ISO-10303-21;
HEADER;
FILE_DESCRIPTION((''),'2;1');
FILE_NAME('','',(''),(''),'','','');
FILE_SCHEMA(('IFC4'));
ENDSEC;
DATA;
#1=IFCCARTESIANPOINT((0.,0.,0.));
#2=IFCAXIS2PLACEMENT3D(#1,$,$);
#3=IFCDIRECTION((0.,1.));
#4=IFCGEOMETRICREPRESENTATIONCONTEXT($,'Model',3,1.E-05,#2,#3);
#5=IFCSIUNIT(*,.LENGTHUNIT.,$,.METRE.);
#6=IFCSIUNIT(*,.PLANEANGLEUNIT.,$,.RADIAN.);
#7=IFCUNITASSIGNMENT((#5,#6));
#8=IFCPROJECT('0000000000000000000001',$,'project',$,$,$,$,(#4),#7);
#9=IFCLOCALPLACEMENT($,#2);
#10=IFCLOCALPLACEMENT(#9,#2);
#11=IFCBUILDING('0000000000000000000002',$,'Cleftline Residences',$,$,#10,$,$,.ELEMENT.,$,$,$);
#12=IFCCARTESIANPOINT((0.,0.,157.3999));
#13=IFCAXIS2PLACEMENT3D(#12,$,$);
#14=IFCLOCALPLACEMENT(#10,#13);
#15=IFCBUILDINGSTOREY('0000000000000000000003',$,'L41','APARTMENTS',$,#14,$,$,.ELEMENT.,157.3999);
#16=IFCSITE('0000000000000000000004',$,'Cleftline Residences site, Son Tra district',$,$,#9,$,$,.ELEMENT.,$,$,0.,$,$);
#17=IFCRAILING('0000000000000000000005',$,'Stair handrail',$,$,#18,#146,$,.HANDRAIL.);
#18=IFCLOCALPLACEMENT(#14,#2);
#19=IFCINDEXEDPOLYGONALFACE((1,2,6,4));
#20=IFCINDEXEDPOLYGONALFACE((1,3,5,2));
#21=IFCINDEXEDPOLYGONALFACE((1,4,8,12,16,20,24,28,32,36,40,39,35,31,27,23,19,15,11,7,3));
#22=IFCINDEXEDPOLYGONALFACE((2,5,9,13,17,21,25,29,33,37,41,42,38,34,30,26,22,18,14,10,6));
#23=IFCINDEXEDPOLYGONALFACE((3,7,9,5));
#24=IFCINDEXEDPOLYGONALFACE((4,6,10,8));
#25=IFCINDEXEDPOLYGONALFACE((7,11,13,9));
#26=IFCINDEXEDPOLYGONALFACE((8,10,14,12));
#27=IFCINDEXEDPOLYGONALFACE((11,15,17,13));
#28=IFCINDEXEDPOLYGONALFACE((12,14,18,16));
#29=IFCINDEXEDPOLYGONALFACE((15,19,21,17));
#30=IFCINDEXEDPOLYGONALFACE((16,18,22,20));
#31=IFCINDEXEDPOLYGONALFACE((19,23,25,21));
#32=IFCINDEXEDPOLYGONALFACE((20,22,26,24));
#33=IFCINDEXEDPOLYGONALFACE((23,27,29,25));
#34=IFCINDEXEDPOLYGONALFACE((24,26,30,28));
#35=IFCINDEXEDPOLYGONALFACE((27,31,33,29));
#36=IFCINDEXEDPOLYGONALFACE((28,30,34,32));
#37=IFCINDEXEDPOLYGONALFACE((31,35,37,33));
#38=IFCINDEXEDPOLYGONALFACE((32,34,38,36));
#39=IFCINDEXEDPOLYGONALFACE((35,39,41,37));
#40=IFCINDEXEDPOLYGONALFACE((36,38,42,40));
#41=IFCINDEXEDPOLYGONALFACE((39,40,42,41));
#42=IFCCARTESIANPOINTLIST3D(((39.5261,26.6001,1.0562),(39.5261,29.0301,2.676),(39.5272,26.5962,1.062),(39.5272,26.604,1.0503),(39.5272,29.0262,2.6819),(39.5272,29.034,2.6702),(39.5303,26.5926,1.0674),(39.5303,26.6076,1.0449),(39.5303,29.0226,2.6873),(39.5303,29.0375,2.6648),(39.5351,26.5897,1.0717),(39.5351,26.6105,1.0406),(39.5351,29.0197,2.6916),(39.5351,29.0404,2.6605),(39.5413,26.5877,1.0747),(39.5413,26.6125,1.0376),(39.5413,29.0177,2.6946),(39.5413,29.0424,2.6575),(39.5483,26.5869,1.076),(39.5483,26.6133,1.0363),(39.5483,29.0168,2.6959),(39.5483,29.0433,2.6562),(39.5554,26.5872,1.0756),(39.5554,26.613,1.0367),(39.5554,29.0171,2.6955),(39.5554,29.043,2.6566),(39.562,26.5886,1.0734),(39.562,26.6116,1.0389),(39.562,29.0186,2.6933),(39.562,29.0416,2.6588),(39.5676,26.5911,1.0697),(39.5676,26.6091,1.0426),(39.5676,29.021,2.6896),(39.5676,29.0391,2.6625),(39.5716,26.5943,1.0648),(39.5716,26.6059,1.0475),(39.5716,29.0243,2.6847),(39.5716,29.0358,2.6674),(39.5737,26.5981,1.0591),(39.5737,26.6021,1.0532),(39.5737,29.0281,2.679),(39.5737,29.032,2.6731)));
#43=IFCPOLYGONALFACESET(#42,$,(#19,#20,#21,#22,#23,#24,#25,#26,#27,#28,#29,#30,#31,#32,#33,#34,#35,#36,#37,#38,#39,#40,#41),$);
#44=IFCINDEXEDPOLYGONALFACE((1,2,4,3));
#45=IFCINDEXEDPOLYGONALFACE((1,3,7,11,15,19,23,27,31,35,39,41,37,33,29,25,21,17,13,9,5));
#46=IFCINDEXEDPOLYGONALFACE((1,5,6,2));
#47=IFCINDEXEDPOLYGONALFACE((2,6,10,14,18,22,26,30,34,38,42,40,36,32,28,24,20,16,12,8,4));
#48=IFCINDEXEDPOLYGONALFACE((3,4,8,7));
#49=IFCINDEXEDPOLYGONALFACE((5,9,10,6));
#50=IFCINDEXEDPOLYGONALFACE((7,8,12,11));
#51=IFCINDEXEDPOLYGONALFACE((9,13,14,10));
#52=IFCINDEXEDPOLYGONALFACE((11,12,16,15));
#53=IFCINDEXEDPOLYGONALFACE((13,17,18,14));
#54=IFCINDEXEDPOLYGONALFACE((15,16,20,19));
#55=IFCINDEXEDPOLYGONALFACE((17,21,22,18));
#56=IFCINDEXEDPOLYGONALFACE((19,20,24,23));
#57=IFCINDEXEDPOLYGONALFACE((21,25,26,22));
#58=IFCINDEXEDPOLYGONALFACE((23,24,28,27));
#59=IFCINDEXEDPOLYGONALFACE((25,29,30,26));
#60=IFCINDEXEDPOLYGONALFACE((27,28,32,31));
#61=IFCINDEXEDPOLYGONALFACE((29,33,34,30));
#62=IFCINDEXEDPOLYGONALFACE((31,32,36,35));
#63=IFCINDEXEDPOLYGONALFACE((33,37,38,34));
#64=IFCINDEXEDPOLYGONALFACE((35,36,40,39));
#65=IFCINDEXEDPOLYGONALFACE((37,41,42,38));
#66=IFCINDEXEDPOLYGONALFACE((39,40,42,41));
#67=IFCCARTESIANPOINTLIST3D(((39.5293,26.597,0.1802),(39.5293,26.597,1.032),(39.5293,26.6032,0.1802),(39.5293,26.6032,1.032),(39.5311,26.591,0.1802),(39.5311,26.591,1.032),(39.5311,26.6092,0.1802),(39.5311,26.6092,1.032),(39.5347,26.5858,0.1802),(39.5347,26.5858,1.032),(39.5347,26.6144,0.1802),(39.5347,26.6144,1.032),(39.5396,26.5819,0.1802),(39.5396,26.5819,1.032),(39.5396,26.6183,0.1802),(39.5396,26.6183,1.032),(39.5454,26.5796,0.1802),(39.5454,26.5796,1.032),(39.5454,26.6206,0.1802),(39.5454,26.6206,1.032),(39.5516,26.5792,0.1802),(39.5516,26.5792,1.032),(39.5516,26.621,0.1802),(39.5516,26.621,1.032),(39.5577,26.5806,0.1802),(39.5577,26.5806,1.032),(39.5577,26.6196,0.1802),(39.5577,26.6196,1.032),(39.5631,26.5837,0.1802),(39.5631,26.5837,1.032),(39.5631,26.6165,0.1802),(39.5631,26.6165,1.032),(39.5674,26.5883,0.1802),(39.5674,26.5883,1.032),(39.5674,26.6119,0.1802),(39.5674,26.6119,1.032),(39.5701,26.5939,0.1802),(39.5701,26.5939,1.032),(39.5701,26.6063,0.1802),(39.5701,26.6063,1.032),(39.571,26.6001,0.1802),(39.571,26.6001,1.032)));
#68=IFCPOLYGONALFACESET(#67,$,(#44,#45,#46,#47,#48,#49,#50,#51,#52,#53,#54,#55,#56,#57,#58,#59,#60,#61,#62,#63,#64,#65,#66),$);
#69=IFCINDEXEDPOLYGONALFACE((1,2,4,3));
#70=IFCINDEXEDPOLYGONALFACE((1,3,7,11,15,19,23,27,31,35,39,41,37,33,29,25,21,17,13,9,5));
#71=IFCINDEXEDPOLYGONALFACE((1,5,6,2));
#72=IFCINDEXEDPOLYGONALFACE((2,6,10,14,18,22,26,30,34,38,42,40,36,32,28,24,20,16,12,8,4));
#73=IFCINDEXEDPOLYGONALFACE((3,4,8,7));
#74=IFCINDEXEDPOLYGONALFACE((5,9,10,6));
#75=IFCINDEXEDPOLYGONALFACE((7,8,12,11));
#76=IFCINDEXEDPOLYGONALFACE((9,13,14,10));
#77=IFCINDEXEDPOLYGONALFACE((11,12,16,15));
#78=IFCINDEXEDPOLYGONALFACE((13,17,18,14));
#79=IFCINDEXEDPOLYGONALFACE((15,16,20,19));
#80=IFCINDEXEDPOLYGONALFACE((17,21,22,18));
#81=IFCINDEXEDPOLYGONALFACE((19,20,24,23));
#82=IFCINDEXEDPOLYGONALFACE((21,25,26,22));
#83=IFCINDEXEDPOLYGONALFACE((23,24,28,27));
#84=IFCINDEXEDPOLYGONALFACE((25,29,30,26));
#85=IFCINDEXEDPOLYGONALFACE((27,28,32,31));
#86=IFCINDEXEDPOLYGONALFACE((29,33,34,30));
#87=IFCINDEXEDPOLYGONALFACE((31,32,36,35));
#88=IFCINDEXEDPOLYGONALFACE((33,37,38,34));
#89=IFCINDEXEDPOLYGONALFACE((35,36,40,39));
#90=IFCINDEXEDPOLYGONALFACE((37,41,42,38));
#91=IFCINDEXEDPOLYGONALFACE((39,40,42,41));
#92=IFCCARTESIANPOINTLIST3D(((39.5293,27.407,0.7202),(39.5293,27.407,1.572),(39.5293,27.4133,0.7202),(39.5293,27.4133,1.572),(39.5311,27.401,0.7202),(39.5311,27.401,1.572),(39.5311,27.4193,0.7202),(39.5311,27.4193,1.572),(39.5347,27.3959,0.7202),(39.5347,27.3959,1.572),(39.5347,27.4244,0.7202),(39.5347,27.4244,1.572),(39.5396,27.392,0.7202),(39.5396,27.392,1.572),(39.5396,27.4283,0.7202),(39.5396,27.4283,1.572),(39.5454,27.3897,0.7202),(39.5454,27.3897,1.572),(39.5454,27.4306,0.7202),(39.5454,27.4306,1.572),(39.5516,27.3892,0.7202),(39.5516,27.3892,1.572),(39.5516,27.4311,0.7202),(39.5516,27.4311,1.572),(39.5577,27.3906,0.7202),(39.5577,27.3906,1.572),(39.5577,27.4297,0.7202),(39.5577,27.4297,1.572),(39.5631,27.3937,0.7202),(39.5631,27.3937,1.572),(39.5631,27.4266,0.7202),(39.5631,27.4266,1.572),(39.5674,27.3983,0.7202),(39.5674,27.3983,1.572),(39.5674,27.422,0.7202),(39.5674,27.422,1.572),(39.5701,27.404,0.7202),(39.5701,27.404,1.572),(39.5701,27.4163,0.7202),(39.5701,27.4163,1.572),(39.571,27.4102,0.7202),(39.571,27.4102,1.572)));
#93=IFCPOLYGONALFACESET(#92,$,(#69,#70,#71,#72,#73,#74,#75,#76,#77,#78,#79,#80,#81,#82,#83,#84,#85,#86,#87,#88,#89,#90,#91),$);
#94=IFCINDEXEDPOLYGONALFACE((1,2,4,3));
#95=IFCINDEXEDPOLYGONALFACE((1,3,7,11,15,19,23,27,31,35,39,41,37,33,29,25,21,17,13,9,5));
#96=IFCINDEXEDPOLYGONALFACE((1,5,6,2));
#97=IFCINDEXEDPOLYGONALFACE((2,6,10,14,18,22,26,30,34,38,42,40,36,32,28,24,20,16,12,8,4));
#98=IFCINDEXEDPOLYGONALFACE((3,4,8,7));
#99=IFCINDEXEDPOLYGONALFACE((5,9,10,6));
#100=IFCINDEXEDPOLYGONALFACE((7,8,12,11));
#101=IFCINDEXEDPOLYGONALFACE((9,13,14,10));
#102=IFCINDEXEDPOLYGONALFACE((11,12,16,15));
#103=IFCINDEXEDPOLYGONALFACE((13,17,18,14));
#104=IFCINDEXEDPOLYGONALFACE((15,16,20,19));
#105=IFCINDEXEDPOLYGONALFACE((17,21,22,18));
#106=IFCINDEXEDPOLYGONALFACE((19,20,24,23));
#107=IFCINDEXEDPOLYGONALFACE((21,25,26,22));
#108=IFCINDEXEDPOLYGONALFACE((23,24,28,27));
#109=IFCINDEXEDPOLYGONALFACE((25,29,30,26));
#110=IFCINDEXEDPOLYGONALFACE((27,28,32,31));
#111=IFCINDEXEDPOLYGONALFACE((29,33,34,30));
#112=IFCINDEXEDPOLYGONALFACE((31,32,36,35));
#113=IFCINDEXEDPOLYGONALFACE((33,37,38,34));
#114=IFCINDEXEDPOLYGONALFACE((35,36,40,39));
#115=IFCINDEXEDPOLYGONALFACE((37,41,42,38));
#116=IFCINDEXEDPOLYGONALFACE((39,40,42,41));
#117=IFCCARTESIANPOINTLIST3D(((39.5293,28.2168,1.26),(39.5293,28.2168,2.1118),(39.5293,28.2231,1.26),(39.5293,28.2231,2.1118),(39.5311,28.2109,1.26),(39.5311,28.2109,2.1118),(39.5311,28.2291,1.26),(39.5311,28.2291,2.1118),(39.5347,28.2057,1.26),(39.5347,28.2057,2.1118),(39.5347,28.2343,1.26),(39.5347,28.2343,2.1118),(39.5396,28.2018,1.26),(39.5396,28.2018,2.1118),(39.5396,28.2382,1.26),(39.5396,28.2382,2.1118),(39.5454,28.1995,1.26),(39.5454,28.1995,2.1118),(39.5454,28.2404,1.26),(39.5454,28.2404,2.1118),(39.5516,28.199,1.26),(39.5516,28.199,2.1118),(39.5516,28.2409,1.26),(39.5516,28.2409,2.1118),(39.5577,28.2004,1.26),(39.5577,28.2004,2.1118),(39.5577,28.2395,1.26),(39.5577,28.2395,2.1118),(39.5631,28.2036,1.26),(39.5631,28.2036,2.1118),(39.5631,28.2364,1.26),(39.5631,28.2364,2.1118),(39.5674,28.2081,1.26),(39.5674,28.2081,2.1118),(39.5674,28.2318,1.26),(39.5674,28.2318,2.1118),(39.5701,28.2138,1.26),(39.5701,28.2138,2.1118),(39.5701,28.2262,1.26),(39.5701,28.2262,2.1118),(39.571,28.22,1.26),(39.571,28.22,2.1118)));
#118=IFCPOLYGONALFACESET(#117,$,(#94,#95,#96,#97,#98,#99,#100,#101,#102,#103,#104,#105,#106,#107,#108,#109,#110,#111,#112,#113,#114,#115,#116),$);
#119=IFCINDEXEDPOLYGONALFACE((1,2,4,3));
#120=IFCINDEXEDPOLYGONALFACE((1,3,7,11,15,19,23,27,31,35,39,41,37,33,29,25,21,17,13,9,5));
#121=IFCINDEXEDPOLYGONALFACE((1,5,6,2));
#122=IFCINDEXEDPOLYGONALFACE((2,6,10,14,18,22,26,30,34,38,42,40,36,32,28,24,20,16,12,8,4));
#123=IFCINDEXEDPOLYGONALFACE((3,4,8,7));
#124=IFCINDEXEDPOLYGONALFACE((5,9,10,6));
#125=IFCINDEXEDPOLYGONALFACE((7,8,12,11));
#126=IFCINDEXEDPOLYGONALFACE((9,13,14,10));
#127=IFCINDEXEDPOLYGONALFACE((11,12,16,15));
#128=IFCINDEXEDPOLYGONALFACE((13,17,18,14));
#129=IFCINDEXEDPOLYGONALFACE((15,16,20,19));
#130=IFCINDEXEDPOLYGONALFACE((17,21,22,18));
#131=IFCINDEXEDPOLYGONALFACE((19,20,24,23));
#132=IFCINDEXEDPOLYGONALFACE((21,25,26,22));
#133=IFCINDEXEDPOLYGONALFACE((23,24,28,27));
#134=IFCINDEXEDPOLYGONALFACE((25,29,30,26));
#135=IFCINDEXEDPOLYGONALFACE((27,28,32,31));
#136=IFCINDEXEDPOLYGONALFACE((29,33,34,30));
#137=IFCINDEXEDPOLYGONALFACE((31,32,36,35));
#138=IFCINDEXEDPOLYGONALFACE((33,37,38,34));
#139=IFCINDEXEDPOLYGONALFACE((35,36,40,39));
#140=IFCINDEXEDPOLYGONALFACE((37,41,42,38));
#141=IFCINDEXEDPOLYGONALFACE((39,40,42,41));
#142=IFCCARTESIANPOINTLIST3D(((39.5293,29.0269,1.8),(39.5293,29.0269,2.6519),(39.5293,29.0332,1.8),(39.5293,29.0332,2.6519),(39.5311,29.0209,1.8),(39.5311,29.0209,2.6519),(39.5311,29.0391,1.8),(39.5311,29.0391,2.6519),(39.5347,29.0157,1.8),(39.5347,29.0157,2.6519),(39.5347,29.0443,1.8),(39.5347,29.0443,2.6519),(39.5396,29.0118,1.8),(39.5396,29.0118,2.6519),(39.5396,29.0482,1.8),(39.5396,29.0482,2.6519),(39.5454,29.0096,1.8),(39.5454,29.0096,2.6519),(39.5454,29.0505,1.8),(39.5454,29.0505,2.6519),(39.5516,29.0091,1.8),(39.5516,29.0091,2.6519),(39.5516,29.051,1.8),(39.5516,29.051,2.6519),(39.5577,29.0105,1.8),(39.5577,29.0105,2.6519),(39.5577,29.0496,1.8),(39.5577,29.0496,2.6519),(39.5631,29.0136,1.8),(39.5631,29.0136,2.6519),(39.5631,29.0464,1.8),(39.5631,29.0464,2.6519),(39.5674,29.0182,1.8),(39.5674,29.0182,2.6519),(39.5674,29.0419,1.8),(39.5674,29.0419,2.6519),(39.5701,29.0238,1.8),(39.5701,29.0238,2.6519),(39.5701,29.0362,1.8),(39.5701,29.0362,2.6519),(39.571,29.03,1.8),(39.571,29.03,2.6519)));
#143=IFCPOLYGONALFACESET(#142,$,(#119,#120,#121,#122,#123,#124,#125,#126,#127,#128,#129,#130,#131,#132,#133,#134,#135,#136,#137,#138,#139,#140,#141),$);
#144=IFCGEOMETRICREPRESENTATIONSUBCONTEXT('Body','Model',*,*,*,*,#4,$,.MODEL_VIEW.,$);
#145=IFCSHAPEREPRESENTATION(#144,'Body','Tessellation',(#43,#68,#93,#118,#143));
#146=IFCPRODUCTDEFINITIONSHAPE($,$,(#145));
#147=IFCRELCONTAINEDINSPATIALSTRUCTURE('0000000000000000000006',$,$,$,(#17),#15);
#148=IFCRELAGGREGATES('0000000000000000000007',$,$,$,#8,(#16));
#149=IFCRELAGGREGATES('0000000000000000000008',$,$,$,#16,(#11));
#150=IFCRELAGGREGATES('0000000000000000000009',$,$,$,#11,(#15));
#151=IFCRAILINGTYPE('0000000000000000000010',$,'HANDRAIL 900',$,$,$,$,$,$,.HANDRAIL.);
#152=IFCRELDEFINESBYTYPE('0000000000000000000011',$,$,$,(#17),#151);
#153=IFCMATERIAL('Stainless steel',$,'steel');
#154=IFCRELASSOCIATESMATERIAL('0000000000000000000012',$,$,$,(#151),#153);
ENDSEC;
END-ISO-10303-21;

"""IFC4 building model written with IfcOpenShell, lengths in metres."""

from ifc_helpers import new_model, si_unit, direction, frame, origin, origin_2d, place, context, subcontext, project, spatial, circle, extrude, material, type_object, element, save


model = new_model("IFC4")

# Units and contexts
model_context = context("Model", 3, precision=1e-05, world=origin(), true_north=direction((0.0, 1.0)))
body_context = subcontext(model_context, "Body", "Model", "MODEL_VIEW")
ifc_project = project(units=[si_unit("LENGTHUNIT", "METRE"), si_unit("PLANEANGLEUNIT", "RADIAN")], contexts=[model_context])

# Site, building, storey
site_placement = place(None, origin())
site = spatial("IfcSite", under=ifc_project, at=site_placement, Name="Cleftline Residences site, Son Tra district", CompositionType="ELEMENT", RefElevation=0.0)
building_placement = place(site_placement, origin())
building = spatial("IfcBuilding", under=site, at=building_placement, Name="Cleftline Residences", CompositionType="ELEMENT")
storey_placement = place(building_placement, frame((0.0, 0.0, 157.3999)))
storey = spatial("IfcBuildingStorey", under=building, at=storey_placement, Name="L41", Description="APARTMENTS", CompositionType="ELEMENT", Elevation=157.3999)

# Railing
ifc_material_1 = material(Name="Stainless steel", Category="steel")
railing_type = type_object("IfcRailingType", Name="HANDRAIL 900", PredefinedType="HANDRAIL", material=ifc_material_1)
railing_1_placement = place(storey_placement, frame((39.55, 26.6001, 0.1802)))
element("IfcRailing", 1, at=railing_1_placement, inside=storey, type_object=railing_type, Name="Stair handrail", PredefinedType="HANDRAIL", context=body_context, shape_type="SweptSolid", body=[
    extrude(circle(Radius=0.0239, at=origin_2d()), frame((0.0, 0.0, 0.876), z_axis=(0.0, 0.832063, 0.554681), x_axis=(-1.0, 0.0, 0.0)), (0.0, 0.0, 1.0), 2.9204),
    extrude(circle(Radius=0.021, at=origin_2d()), origin(), (0.0, 0.0, 1.0), 0.8518),
    extrude(circle(Radius=0.021, at=origin_2d()), frame((0.0, 0.8101, 0.54)), (0.0, 0.0, 1.0), 0.8518),
    extrude(circle(Radius=0.021, at=origin_2d()), frame((0.0, 1.6199, 1.0798)), (0.0, 0.0, 1.0), 0.8518),
    extrude(circle(Radius=0.021, at=origin_2d()), frame((0.0, 2.4299, 1.6199)), (0.0, 0.0, 1.0), 0.8518),
])

save(model, "model.ifc")
